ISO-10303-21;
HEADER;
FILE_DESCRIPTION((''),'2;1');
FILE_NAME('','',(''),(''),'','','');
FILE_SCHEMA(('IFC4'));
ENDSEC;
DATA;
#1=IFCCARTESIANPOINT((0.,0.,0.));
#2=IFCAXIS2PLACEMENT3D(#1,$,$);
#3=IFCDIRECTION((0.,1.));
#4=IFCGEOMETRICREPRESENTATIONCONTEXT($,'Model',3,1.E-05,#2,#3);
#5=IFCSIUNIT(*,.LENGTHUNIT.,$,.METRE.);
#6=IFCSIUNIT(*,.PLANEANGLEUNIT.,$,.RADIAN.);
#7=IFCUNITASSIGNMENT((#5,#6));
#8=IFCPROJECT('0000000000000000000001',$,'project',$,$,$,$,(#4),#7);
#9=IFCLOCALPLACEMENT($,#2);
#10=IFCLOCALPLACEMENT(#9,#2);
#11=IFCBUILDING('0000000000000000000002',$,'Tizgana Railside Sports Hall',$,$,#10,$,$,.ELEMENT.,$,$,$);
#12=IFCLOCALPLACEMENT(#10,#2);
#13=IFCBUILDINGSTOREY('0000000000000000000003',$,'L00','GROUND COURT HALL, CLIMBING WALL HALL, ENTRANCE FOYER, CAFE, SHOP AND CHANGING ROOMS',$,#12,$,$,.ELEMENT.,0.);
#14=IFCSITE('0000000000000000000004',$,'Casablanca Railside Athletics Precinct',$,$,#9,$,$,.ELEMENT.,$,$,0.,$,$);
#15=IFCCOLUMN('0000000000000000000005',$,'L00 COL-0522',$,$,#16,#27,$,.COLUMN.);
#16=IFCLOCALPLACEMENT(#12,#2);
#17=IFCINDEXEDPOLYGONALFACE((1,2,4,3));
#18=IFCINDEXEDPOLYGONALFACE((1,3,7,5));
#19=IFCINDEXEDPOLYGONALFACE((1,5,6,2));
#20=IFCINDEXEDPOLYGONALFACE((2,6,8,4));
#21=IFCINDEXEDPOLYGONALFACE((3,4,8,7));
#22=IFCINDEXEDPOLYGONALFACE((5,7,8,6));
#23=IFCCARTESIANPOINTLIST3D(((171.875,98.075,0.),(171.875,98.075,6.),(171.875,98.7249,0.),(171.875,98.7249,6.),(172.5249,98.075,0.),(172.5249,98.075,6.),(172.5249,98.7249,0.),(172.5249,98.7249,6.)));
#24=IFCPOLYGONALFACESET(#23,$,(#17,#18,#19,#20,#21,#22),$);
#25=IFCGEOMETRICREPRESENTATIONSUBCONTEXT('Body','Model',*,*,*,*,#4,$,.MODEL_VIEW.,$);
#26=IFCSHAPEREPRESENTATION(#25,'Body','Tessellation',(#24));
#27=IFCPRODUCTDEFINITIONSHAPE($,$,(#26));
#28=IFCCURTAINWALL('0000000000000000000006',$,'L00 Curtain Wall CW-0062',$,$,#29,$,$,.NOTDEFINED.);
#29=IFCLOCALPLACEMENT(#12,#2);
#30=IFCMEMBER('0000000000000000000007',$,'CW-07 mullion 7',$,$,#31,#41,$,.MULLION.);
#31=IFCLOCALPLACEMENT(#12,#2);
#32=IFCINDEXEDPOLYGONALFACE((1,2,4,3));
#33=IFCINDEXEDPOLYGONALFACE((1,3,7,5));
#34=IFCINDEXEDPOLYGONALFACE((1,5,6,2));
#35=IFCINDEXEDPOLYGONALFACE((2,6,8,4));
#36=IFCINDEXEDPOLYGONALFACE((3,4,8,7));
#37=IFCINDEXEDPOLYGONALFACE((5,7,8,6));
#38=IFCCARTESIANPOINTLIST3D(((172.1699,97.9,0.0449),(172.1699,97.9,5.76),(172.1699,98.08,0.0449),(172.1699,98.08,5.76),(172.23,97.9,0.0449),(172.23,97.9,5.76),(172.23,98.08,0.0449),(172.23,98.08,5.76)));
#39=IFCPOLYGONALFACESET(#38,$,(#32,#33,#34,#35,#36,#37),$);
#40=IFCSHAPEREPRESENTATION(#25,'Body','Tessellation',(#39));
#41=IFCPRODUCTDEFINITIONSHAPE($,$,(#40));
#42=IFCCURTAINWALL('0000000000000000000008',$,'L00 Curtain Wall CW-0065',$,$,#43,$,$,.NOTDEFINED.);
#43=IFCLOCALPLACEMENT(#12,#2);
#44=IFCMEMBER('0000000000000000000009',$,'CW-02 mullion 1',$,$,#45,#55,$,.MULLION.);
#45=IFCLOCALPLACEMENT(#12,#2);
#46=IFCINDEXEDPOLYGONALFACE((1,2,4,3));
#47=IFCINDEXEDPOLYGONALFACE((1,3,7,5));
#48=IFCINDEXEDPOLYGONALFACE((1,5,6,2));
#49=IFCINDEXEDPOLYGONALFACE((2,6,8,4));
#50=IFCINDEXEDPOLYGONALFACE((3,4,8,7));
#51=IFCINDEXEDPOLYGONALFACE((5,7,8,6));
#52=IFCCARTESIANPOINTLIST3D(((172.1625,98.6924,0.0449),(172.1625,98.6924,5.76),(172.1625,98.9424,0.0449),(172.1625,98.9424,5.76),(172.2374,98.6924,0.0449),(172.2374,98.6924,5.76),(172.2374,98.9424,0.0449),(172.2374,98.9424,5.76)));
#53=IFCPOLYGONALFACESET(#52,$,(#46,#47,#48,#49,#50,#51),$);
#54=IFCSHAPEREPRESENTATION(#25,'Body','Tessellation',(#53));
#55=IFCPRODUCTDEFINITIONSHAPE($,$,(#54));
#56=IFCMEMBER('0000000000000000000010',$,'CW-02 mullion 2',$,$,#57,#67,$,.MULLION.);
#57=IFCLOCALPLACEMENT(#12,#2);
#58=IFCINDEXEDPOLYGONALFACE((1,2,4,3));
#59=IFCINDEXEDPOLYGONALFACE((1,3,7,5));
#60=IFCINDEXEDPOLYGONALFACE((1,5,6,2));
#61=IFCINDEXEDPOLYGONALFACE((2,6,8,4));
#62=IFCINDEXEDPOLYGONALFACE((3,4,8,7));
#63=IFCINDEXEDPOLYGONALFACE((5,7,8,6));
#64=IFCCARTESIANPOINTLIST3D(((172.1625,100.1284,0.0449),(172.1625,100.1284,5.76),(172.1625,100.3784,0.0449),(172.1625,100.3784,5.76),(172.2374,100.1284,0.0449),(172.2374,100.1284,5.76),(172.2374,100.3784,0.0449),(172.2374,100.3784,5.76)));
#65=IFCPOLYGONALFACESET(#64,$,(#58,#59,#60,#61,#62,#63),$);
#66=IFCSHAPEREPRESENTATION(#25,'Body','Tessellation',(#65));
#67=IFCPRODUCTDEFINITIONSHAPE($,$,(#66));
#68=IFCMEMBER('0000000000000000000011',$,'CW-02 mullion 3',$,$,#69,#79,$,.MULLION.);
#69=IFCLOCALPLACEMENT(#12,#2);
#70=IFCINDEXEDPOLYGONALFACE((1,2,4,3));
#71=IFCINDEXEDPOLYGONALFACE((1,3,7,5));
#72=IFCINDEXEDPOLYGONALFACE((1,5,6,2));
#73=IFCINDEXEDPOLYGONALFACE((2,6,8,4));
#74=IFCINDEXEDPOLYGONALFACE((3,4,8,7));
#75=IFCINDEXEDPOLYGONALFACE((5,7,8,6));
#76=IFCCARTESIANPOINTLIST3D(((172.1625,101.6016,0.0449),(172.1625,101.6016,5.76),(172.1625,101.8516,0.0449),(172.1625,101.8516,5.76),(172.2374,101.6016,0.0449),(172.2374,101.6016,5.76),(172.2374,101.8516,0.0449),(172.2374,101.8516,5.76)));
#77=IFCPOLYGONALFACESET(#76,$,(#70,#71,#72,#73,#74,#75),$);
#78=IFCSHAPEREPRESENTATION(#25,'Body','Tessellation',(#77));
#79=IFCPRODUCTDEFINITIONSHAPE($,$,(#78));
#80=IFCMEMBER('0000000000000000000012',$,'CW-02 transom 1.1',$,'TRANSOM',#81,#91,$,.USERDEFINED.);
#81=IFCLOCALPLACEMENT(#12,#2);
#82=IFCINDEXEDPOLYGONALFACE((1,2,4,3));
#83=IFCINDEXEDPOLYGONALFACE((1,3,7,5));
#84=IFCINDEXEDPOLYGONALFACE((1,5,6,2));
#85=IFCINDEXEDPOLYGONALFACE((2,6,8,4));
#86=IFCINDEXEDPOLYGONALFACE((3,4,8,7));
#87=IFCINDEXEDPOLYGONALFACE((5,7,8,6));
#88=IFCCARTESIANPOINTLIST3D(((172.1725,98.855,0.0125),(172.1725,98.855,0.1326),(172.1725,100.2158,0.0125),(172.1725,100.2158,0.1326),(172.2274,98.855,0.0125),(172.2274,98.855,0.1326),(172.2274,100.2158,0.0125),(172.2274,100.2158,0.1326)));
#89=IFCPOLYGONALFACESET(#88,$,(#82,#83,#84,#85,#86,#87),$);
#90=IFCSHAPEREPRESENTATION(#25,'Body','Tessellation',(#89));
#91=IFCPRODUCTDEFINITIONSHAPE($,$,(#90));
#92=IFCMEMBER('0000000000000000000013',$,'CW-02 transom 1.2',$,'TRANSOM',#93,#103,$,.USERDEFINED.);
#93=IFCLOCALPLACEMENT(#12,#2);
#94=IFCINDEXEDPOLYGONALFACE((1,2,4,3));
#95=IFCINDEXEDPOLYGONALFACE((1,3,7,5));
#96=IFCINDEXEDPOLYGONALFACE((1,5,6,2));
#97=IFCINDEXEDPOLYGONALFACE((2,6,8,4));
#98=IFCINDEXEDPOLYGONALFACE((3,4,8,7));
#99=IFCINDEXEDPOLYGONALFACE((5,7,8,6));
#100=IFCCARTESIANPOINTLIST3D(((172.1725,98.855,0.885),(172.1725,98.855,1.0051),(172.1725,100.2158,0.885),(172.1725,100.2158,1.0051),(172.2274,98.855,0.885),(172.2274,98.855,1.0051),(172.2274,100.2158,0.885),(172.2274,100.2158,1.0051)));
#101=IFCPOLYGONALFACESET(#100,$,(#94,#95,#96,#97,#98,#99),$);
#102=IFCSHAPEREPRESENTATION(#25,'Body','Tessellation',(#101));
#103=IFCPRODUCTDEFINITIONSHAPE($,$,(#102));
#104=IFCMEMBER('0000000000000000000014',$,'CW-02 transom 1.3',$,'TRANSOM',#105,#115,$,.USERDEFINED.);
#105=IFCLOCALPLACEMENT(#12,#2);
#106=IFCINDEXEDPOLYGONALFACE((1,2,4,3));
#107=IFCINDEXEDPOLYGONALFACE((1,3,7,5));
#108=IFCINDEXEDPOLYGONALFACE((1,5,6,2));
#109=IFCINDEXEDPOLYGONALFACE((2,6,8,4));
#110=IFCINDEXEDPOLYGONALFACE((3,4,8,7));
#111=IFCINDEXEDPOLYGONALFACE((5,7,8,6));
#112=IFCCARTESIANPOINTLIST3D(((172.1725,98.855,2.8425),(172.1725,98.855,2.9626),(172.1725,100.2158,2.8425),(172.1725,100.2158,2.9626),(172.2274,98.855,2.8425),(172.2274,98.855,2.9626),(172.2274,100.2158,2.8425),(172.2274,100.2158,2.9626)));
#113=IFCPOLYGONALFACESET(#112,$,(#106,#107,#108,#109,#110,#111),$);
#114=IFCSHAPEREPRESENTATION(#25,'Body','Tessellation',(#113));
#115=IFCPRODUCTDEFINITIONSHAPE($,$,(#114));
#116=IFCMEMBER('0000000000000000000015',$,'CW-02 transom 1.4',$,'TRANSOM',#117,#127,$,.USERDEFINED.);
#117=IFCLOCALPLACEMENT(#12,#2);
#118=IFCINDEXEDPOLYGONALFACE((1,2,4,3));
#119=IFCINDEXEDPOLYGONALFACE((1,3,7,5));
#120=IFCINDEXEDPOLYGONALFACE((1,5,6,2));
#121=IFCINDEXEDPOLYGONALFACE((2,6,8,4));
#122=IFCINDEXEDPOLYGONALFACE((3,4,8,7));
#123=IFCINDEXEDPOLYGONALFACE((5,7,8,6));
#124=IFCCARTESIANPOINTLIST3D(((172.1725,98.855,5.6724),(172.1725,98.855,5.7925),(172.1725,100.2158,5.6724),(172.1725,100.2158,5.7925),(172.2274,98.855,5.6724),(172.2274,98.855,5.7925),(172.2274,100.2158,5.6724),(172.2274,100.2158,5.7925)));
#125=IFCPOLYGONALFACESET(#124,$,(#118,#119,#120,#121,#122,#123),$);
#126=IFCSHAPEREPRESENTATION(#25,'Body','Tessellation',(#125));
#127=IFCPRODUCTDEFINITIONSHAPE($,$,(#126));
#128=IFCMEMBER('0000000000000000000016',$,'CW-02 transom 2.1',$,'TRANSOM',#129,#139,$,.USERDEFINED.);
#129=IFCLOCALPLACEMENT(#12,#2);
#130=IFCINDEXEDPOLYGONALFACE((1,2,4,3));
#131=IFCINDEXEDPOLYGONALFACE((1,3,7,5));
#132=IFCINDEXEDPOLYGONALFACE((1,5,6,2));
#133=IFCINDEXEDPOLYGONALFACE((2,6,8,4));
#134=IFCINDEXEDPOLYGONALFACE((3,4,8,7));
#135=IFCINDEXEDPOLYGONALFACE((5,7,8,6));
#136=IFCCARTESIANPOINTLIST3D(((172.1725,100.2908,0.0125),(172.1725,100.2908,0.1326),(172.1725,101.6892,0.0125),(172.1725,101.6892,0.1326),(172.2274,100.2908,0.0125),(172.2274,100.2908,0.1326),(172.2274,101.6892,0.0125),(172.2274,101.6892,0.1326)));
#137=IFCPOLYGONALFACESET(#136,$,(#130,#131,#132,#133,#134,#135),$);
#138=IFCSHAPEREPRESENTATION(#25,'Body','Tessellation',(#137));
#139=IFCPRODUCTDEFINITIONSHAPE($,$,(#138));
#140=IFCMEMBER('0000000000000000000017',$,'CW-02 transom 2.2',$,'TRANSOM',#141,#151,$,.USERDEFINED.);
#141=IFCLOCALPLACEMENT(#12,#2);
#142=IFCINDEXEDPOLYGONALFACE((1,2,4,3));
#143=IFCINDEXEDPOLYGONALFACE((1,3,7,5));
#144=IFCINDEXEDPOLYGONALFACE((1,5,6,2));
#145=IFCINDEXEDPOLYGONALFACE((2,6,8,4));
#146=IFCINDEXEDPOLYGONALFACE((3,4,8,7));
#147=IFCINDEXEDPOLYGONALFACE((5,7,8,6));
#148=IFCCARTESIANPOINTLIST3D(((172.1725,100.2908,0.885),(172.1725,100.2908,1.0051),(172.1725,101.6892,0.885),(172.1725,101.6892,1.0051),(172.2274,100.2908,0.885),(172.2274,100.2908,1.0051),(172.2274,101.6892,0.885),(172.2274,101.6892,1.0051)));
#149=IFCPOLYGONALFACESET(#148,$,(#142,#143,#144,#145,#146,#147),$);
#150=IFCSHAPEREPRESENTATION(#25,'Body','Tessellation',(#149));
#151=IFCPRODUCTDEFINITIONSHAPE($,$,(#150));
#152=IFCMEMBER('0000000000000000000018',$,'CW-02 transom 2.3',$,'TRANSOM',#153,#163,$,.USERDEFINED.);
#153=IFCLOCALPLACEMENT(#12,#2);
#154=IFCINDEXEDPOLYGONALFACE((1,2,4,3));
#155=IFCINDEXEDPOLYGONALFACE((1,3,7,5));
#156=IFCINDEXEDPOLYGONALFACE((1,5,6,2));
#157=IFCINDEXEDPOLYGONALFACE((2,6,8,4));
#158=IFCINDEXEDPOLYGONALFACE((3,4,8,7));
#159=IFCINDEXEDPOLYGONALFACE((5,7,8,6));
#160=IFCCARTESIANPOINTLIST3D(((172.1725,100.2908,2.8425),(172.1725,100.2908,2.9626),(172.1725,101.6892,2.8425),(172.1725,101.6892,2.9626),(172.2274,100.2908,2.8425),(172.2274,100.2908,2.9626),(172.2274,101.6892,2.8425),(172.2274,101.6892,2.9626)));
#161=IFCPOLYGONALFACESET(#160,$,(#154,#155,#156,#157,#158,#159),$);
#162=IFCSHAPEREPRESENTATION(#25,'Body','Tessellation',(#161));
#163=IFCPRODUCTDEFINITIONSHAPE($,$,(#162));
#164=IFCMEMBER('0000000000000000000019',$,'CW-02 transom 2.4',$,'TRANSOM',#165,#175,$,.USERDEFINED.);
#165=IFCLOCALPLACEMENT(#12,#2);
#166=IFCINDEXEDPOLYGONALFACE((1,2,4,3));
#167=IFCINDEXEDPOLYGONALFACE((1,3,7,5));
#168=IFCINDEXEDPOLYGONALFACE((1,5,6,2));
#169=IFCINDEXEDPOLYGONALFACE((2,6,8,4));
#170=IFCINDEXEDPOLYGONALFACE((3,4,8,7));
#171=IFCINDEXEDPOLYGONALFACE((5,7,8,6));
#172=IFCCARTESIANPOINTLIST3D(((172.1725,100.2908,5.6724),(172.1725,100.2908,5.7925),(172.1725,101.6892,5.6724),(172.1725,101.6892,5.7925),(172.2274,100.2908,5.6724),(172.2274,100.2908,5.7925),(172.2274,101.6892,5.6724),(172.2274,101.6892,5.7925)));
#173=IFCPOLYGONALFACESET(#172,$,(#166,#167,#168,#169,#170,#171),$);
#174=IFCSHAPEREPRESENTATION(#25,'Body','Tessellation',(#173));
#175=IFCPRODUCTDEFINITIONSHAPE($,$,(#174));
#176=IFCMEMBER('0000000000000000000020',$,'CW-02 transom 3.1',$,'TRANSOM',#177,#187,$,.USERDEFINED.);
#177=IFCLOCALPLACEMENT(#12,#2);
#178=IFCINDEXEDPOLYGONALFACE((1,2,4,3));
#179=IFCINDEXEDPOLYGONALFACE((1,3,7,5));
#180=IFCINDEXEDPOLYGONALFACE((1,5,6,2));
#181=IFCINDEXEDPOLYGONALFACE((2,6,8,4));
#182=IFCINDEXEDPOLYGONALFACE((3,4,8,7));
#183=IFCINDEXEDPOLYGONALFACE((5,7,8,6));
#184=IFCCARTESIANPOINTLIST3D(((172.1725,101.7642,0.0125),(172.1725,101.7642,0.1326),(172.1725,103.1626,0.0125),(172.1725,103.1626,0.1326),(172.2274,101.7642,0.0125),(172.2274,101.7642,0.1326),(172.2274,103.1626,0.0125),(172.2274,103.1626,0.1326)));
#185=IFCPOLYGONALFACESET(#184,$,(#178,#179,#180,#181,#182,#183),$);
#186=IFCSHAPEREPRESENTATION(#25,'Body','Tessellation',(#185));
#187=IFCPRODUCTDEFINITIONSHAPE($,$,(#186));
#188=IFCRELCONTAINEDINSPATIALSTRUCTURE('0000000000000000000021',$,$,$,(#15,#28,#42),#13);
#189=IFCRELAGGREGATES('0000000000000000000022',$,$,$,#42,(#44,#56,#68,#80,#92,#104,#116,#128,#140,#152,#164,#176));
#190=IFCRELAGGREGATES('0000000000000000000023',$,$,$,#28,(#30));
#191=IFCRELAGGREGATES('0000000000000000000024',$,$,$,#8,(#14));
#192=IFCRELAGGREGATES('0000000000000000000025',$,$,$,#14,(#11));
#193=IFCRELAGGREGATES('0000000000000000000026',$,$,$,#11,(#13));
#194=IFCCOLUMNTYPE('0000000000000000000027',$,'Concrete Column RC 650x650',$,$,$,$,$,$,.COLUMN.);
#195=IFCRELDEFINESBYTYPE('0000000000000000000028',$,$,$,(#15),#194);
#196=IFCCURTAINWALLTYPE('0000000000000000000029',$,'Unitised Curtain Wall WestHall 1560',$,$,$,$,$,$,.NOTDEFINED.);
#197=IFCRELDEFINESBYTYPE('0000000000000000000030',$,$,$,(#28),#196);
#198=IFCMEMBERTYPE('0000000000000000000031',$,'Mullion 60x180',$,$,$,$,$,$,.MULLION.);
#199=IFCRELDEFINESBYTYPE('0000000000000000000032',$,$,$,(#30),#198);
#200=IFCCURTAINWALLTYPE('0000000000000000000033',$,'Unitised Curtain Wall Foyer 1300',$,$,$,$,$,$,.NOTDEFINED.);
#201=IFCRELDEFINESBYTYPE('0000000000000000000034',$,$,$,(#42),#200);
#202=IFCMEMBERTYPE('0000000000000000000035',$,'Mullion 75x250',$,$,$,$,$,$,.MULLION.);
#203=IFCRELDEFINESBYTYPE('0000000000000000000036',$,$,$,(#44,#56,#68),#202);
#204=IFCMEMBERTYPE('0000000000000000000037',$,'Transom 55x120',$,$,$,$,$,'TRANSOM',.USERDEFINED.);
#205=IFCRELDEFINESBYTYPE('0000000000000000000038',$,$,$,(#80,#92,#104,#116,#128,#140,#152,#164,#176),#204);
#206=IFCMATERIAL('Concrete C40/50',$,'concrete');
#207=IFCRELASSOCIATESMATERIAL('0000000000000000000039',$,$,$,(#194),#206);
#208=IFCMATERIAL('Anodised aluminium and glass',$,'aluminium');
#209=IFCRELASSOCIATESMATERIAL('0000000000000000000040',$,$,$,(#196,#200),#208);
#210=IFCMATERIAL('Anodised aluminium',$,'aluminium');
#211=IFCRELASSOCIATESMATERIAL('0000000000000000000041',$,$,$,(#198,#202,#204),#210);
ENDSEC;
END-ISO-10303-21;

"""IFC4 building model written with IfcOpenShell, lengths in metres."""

from ifc_helpers import new_model, si_unit, direction, frame, origin, origin_2d, place, context, subcontext, project, spatial, rectangle, extrude, material, material_profile, profile_set, type_object, element, aggregate, save


model = new_model("IFC4")

# Units and contexts
model_context = context("Model", 3, precision=1e-05, world=origin(), true_north=direction((0.0, 1.0)))
body_context = subcontext(model_context, "Body", "Model", "MODEL_VIEW")
ifc_project = project(units=[si_unit("LENGTHUNIT", "METRE"), si_unit("PLANEANGLEUNIT", "RADIAN")], contexts=[model_context])

# Site, building, storey
site_placement = place(None, origin())
site = spatial("IfcSite", under=ifc_project, at=site_placement, Name="Casablanca Railside Athletics Precinct", CompositionType="ELEMENT", RefElevation=0.0)
building_placement = place(site_placement, origin())
building = spatial("IfcBuilding", under=site, at=building_placement, Name="Tizgana Railside Sports Hall", CompositionType="ELEMENT")
storey_placement = place(building_placement, origin())
storey = spatial("IfcBuildingStorey", under=building, at=storey_placement, Name="L00", Description="GROUND COURT HALL, CLIMBING WALL HALL, ENTRANCE FOYER, CAFE, SHOP AND CHANGING ROOMS", CompositionType="ELEMENT", Elevation=0.0)

# Column
ifc_material_1 = material(Name="Concrete C40/50", Category="concrete")
ifc_material_profile_1 = material_profile(ifc_material_1, rectangle(XDim=0.6499, YDim=0.6499, at=origin_2d()), Name="RC 650x650")
ifc_profile_set_1 = profile_set([ifc_material_profile_1], Name="Concrete C40/50")
column_type = type_object("IfcColumnType", Name="Concrete Column RC 650x650", PredefinedType="COLUMN", material=ifc_profile_set_1)
column_placement = place(storey_placement, frame((172.2, 98.3999, 0.0), z_axis=(0.0, 0.0, 1.0), x_axis=(1.0, 0.0, 0.0)))
element("IfcColumn", 1, at=column_placement, inside=storey, type_object=column_type, Name="L00 COL-0522", PredefinedType="COLUMN", context=body_context, shape_type="SweptSolid", body=[
    extrude(rectangle(XDim=0.6499, YDim=0.6499, at=origin_2d()), origin(), (0.0, 0.0, 1.0), 6.0),
])

# Curtain wall, member
ifc_material_2 = material(Name="Anodised aluminium and glass", Category="aluminium")
curtain_wall_type_1 = type_object("IfcCurtainWallType", Name="Unitised Curtain Wall WestHall 1560", PredefinedType="NOTDEFINED", material=ifc_material_2)
curtain_wall_1_placement = place(storey_placement, origin())
curtain_wall_1 = element("IfcCurtainWall", 2, at=curtain_wall_1_placement, inside=storey, type_object=curtain_wall_type_1, Name="L00 Curtain Wall CW-0062", PredefinedType="NOTDEFINED")
ifc_material_3 = material(Name="Anodised aluminium", Category="aluminium")
ifc_material_profile_2 = material_profile(ifc_material_3, rectangle(XDim=0.0601, YDim=0.1799, at=origin_2d()), Name="Mullion 60x180")
ifc_profile_set_2 = profile_set([ifc_material_profile_2], Name="Anodised aluminium")
member_type_1 = type_object("IfcMemberType", Name="Mullion 60x180", PredefinedType="MULLION", material=ifc_profile_set_2)
member_1_placement = place(storey_placement, frame((172.2, 97.99, 0.0449), z_axis=(0.0, 0.0, 1.0), x_axis=(-1.0, 0.0, 0.0)))
member_1 = element("IfcMember", 3, at=member_1_placement, type_object=member_type_1, Name="CW-07 mullion 7", PredefinedType="MULLION", context=body_context, shape_type="SweptSolid", body=[
    extrude(rectangle(XDim=0.0601, YDim=0.1799, at=origin_2d()), origin(), (0.0, 0.0, 1.0), 5.7151),
])

# Curtain wall, members
curtain_wall_type_2 = type_object("IfcCurtainWallType", Name="Unitised Curtain Wall Foyer 1300", PredefinedType="NOTDEFINED", material=ifc_material_2)
curtain_wall_2_placement = place(storey_placement, origin())
curtain_wall_2 = element("IfcCurtainWall", 4, at=curtain_wall_2_placement, inside=storey, type_object=curtain_wall_type_2, Name="L00 Curtain Wall CW-0065", PredefinedType="NOTDEFINED")
ifc_material_profile_3 = material_profile(ifc_material_3, rectangle(XDim=0.075, YDim=0.25, at=origin_2d()), Name="Mullion 75x250")
ifc_profile_set_3 = profile_set([ifc_material_profile_3], Name="Anodised aluminium")
member_type_2 = type_object("IfcMemberType", Name="Mullion 75x250", PredefinedType="MULLION", material=ifc_profile_set_3)
member_2_placement = place(storey_placement, frame((172.2, 98.8174, 0.0449), z_axis=(0.0, 0.0, 1.0), x_axis=(-1.0, 0.0, 0.0)))
member_2 = element("IfcMember", 5, at=member_2_placement, type_object=member_type_2, Name="CW-02 mullion 1", PredefinedType="MULLION", context=body_context, shape_type="SweptSolid", body=[
    extrude(rectangle(XDim=0.075, YDim=0.25, at=origin_2d()), origin(), (0.0, 0.0, 1.0), 5.7151),
])
member_3_placement = place(storey_placement, frame((172.2, 100.2534, 0.0449), z_axis=(0.0, 0.0, 1.0), x_axis=(-1.0, 0.0, 0.0)))
member_3 = element("IfcMember", 6, at=member_3_placement, type_object=member_type_2, Name="CW-02 mullion 2", PredefinedType="MULLION", context=body_context, shape_type="SweptSolid", body=[
    extrude(rectangle(XDim=0.075, YDim=0.25, at=origin_2d()), origin(), (0.0, 0.0, 1.0), 5.7151),
])
member_4_placement = place(storey_placement, frame((172.2, 101.7266, 0.0449), z_axis=(0.0, 0.0, 1.0), x_axis=(-1.0, 0.0, 0.0)))
member_4 = element("IfcMember", 7, at=member_4_placement, type_object=member_type_2, Name="CW-02 mullion 3", PredefinedType="MULLION", context=body_context, shape_type="SweptSolid", body=[
    extrude(rectangle(XDim=0.075, YDim=0.25, at=origin_2d()), origin(), (0.0, 0.0, 1.0), 5.7151),
])
ifc_material_profile_4 = material_profile(ifc_material_3, rectangle(XDim=0.0549, YDim=0.1201, at=origin_2d()), Name="Transom 55x120")
ifc_profile_set_4 = profile_set([ifc_material_profile_4], Name="Anodised aluminium")
member_type_3 = type_object("IfcMemberType", Name="Transom 55x120", ElementType="TRANSOM", PredefinedType="USERDEFINED", material=ifc_profile_set_4)
member_5_placement = place(storey_placement, frame((172.2, 98.855, 0.0725), z_axis=(0.0, 1.0, 0.0), x_axis=(-1.0, 0.0, 0.0)))
member_5 = element("IfcMember", 8, at=member_5_placement, type_object=member_type_3, Name="CW-02 transom 1.1", ObjectType="TRANSOM", PredefinedType="USERDEFINED", context=body_context, shape_type="SweptSolid", body=[
    extrude(rectangle(XDim=0.0549, YDim=0.1201, at=origin_2d()), origin(), (0.0, 0.0, 1.0), 1.3608),
])
member_6_placement = place(storey_placement, frame((172.2, 98.855, 0.9451), z_axis=(0.0, 1.0, 0.0), x_axis=(-1.0, 0.0, 0.0)))
member_6 = element("IfcMember", 9, at=member_6_placement, type_object=member_type_3, Name="CW-02 transom 1.2", ObjectType="TRANSOM", PredefinedType="USERDEFINED", context=body_context, shape_type="SweptSolid", body=[
    extrude(rectangle(XDim=0.0549, YDim=0.1201, at=origin_2d()), origin(), (0.0, 0.0, 1.0), 1.3608),
])
member_7_placement = place(storey_placement, frame((172.2, 98.855, 2.9026), z_axis=(0.0, 1.0, 0.0), x_axis=(-1.0, 0.0, 0.0)))
member_7 = element("IfcMember", 10, at=member_7_placement, type_object=member_type_3, Name="CW-02 transom 1.3", ObjectType="TRANSOM", PredefinedType="USERDEFINED", context=body_context, shape_type="SweptSolid", body=[
    extrude(rectangle(XDim=0.0549, YDim=0.1201, at=origin_2d()), origin(), (0.0, 0.0, 1.0), 1.3608),
])
member_8_placement = place(storey_placement, frame((172.2, 98.855, 5.7324), z_axis=(0.0, 1.0, 0.0), x_axis=(-1.0, 0.0, 0.0)))
member_8 = element("IfcMember", 11, at=member_8_placement, type_object=member_type_3, Name="CW-02 transom 1.4", ObjectType="TRANSOM", PredefinedType="USERDEFINED", context=body_context, shape_type="SweptSolid", body=[
    extrude(rectangle(XDim=0.0549, YDim=0.1201, at=origin_2d()), origin(), (0.0, 0.0, 1.0), 1.3608),
])
member_9_placement = place(storey_placement, frame((172.2, 100.2908, 0.0725), z_axis=(0.0, 1.0, 0.0), x_axis=(-1.0, 0.0, 0.0)))
member_9 = element("IfcMember", 12, at=member_9_placement, type_object=member_type_3, Name="CW-02 transom 2.1", ObjectType="TRANSOM", PredefinedType="USERDEFINED", context=body_context, shape_type="SweptSolid", body=[
    extrude(rectangle(XDim=0.0549, YDim=0.1201, at=origin_2d()), origin(), (0.0, 0.0, 1.0), 1.3984),
])
member_10_placement = place(storey_placement, frame((172.2, 100.2908, 0.9451), z_axis=(0.0, 1.0, 0.0), x_axis=(-1.0, 0.0, 0.0)))
member_10 = element("IfcMember", 13, at=member_10_placement, type_object=member_type_3, Name="CW-02 transom 2.2", ObjectType="TRANSOM", PredefinedType="USERDEFINED", context=body_context, shape_type="SweptSolid", body=[
    extrude(rectangle(XDim=0.0549, YDim=0.1201, at=origin_2d()), origin(), (0.0, 0.0, 1.0), 1.3984),
])
member_11_placement = place(storey_placement, frame((172.2, 100.2908, 2.9026), z_axis=(0.0, 1.0, 0.0), x_axis=(-1.0, 0.0, 0.0)))
member_11 = element("IfcMember", 14, at=member_11_placement, type_object=member_type_3, Name="CW-02 transom 2.3", ObjectType="TRANSOM", PredefinedType="USERDEFINED", context=body_context, shape_type="SweptSolid", body=[
    extrude(rectangle(XDim=0.0549, YDim=0.1201, at=origin_2d()), origin(), (0.0, 0.0, 1.0), 1.3984),
])
member_12_placement = place(storey_placement, frame((172.2, 100.2908, 5.7324), z_axis=(0.0, 1.0, 0.0), x_axis=(-1.0, 0.0, 0.0)))
member_12 = element("IfcMember", 15, at=member_12_placement, type_object=member_type_3, Name="CW-02 transom 2.4", ObjectType="TRANSOM", PredefinedType="USERDEFINED", context=body_context, shape_type="SweptSolid", body=[
    extrude(rectangle(XDim=0.0549, YDim=0.1201, at=origin_2d()), origin(), (0.0, 0.0, 1.0), 1.3984),
])
member_13_placement = place(storey_placement, frame((172.2, 101.7642, 0.0725), z_axis=(0.0, 1.0, 0.0), x_axis=(-1.0, 0.0, 0.0)))
member_13 = element("IfcMember", 16, at=member_13_placement, type_object=member_type_3, Name="CW-02 transom 3.1", ObjectType="TRANSOM", PredefinedType="USERDEFINED", context=body_context, shape_type="SweptSolid", body=[
    extrude(rectangle(XDim=0.0549, YDim=0.1201, at=origin_2d()), origin(), (0.0, 0.0, 1.0), 1.3984),
])
aggregate(curtain_wall_2, [member_2, member_3, member_4, member_5, member_6, member_7, member_8, member_9, member_10, member_11, member_12, member_13])

aggregate(curtain_wall_1, [member_1])

save(model, "model.ifc")
